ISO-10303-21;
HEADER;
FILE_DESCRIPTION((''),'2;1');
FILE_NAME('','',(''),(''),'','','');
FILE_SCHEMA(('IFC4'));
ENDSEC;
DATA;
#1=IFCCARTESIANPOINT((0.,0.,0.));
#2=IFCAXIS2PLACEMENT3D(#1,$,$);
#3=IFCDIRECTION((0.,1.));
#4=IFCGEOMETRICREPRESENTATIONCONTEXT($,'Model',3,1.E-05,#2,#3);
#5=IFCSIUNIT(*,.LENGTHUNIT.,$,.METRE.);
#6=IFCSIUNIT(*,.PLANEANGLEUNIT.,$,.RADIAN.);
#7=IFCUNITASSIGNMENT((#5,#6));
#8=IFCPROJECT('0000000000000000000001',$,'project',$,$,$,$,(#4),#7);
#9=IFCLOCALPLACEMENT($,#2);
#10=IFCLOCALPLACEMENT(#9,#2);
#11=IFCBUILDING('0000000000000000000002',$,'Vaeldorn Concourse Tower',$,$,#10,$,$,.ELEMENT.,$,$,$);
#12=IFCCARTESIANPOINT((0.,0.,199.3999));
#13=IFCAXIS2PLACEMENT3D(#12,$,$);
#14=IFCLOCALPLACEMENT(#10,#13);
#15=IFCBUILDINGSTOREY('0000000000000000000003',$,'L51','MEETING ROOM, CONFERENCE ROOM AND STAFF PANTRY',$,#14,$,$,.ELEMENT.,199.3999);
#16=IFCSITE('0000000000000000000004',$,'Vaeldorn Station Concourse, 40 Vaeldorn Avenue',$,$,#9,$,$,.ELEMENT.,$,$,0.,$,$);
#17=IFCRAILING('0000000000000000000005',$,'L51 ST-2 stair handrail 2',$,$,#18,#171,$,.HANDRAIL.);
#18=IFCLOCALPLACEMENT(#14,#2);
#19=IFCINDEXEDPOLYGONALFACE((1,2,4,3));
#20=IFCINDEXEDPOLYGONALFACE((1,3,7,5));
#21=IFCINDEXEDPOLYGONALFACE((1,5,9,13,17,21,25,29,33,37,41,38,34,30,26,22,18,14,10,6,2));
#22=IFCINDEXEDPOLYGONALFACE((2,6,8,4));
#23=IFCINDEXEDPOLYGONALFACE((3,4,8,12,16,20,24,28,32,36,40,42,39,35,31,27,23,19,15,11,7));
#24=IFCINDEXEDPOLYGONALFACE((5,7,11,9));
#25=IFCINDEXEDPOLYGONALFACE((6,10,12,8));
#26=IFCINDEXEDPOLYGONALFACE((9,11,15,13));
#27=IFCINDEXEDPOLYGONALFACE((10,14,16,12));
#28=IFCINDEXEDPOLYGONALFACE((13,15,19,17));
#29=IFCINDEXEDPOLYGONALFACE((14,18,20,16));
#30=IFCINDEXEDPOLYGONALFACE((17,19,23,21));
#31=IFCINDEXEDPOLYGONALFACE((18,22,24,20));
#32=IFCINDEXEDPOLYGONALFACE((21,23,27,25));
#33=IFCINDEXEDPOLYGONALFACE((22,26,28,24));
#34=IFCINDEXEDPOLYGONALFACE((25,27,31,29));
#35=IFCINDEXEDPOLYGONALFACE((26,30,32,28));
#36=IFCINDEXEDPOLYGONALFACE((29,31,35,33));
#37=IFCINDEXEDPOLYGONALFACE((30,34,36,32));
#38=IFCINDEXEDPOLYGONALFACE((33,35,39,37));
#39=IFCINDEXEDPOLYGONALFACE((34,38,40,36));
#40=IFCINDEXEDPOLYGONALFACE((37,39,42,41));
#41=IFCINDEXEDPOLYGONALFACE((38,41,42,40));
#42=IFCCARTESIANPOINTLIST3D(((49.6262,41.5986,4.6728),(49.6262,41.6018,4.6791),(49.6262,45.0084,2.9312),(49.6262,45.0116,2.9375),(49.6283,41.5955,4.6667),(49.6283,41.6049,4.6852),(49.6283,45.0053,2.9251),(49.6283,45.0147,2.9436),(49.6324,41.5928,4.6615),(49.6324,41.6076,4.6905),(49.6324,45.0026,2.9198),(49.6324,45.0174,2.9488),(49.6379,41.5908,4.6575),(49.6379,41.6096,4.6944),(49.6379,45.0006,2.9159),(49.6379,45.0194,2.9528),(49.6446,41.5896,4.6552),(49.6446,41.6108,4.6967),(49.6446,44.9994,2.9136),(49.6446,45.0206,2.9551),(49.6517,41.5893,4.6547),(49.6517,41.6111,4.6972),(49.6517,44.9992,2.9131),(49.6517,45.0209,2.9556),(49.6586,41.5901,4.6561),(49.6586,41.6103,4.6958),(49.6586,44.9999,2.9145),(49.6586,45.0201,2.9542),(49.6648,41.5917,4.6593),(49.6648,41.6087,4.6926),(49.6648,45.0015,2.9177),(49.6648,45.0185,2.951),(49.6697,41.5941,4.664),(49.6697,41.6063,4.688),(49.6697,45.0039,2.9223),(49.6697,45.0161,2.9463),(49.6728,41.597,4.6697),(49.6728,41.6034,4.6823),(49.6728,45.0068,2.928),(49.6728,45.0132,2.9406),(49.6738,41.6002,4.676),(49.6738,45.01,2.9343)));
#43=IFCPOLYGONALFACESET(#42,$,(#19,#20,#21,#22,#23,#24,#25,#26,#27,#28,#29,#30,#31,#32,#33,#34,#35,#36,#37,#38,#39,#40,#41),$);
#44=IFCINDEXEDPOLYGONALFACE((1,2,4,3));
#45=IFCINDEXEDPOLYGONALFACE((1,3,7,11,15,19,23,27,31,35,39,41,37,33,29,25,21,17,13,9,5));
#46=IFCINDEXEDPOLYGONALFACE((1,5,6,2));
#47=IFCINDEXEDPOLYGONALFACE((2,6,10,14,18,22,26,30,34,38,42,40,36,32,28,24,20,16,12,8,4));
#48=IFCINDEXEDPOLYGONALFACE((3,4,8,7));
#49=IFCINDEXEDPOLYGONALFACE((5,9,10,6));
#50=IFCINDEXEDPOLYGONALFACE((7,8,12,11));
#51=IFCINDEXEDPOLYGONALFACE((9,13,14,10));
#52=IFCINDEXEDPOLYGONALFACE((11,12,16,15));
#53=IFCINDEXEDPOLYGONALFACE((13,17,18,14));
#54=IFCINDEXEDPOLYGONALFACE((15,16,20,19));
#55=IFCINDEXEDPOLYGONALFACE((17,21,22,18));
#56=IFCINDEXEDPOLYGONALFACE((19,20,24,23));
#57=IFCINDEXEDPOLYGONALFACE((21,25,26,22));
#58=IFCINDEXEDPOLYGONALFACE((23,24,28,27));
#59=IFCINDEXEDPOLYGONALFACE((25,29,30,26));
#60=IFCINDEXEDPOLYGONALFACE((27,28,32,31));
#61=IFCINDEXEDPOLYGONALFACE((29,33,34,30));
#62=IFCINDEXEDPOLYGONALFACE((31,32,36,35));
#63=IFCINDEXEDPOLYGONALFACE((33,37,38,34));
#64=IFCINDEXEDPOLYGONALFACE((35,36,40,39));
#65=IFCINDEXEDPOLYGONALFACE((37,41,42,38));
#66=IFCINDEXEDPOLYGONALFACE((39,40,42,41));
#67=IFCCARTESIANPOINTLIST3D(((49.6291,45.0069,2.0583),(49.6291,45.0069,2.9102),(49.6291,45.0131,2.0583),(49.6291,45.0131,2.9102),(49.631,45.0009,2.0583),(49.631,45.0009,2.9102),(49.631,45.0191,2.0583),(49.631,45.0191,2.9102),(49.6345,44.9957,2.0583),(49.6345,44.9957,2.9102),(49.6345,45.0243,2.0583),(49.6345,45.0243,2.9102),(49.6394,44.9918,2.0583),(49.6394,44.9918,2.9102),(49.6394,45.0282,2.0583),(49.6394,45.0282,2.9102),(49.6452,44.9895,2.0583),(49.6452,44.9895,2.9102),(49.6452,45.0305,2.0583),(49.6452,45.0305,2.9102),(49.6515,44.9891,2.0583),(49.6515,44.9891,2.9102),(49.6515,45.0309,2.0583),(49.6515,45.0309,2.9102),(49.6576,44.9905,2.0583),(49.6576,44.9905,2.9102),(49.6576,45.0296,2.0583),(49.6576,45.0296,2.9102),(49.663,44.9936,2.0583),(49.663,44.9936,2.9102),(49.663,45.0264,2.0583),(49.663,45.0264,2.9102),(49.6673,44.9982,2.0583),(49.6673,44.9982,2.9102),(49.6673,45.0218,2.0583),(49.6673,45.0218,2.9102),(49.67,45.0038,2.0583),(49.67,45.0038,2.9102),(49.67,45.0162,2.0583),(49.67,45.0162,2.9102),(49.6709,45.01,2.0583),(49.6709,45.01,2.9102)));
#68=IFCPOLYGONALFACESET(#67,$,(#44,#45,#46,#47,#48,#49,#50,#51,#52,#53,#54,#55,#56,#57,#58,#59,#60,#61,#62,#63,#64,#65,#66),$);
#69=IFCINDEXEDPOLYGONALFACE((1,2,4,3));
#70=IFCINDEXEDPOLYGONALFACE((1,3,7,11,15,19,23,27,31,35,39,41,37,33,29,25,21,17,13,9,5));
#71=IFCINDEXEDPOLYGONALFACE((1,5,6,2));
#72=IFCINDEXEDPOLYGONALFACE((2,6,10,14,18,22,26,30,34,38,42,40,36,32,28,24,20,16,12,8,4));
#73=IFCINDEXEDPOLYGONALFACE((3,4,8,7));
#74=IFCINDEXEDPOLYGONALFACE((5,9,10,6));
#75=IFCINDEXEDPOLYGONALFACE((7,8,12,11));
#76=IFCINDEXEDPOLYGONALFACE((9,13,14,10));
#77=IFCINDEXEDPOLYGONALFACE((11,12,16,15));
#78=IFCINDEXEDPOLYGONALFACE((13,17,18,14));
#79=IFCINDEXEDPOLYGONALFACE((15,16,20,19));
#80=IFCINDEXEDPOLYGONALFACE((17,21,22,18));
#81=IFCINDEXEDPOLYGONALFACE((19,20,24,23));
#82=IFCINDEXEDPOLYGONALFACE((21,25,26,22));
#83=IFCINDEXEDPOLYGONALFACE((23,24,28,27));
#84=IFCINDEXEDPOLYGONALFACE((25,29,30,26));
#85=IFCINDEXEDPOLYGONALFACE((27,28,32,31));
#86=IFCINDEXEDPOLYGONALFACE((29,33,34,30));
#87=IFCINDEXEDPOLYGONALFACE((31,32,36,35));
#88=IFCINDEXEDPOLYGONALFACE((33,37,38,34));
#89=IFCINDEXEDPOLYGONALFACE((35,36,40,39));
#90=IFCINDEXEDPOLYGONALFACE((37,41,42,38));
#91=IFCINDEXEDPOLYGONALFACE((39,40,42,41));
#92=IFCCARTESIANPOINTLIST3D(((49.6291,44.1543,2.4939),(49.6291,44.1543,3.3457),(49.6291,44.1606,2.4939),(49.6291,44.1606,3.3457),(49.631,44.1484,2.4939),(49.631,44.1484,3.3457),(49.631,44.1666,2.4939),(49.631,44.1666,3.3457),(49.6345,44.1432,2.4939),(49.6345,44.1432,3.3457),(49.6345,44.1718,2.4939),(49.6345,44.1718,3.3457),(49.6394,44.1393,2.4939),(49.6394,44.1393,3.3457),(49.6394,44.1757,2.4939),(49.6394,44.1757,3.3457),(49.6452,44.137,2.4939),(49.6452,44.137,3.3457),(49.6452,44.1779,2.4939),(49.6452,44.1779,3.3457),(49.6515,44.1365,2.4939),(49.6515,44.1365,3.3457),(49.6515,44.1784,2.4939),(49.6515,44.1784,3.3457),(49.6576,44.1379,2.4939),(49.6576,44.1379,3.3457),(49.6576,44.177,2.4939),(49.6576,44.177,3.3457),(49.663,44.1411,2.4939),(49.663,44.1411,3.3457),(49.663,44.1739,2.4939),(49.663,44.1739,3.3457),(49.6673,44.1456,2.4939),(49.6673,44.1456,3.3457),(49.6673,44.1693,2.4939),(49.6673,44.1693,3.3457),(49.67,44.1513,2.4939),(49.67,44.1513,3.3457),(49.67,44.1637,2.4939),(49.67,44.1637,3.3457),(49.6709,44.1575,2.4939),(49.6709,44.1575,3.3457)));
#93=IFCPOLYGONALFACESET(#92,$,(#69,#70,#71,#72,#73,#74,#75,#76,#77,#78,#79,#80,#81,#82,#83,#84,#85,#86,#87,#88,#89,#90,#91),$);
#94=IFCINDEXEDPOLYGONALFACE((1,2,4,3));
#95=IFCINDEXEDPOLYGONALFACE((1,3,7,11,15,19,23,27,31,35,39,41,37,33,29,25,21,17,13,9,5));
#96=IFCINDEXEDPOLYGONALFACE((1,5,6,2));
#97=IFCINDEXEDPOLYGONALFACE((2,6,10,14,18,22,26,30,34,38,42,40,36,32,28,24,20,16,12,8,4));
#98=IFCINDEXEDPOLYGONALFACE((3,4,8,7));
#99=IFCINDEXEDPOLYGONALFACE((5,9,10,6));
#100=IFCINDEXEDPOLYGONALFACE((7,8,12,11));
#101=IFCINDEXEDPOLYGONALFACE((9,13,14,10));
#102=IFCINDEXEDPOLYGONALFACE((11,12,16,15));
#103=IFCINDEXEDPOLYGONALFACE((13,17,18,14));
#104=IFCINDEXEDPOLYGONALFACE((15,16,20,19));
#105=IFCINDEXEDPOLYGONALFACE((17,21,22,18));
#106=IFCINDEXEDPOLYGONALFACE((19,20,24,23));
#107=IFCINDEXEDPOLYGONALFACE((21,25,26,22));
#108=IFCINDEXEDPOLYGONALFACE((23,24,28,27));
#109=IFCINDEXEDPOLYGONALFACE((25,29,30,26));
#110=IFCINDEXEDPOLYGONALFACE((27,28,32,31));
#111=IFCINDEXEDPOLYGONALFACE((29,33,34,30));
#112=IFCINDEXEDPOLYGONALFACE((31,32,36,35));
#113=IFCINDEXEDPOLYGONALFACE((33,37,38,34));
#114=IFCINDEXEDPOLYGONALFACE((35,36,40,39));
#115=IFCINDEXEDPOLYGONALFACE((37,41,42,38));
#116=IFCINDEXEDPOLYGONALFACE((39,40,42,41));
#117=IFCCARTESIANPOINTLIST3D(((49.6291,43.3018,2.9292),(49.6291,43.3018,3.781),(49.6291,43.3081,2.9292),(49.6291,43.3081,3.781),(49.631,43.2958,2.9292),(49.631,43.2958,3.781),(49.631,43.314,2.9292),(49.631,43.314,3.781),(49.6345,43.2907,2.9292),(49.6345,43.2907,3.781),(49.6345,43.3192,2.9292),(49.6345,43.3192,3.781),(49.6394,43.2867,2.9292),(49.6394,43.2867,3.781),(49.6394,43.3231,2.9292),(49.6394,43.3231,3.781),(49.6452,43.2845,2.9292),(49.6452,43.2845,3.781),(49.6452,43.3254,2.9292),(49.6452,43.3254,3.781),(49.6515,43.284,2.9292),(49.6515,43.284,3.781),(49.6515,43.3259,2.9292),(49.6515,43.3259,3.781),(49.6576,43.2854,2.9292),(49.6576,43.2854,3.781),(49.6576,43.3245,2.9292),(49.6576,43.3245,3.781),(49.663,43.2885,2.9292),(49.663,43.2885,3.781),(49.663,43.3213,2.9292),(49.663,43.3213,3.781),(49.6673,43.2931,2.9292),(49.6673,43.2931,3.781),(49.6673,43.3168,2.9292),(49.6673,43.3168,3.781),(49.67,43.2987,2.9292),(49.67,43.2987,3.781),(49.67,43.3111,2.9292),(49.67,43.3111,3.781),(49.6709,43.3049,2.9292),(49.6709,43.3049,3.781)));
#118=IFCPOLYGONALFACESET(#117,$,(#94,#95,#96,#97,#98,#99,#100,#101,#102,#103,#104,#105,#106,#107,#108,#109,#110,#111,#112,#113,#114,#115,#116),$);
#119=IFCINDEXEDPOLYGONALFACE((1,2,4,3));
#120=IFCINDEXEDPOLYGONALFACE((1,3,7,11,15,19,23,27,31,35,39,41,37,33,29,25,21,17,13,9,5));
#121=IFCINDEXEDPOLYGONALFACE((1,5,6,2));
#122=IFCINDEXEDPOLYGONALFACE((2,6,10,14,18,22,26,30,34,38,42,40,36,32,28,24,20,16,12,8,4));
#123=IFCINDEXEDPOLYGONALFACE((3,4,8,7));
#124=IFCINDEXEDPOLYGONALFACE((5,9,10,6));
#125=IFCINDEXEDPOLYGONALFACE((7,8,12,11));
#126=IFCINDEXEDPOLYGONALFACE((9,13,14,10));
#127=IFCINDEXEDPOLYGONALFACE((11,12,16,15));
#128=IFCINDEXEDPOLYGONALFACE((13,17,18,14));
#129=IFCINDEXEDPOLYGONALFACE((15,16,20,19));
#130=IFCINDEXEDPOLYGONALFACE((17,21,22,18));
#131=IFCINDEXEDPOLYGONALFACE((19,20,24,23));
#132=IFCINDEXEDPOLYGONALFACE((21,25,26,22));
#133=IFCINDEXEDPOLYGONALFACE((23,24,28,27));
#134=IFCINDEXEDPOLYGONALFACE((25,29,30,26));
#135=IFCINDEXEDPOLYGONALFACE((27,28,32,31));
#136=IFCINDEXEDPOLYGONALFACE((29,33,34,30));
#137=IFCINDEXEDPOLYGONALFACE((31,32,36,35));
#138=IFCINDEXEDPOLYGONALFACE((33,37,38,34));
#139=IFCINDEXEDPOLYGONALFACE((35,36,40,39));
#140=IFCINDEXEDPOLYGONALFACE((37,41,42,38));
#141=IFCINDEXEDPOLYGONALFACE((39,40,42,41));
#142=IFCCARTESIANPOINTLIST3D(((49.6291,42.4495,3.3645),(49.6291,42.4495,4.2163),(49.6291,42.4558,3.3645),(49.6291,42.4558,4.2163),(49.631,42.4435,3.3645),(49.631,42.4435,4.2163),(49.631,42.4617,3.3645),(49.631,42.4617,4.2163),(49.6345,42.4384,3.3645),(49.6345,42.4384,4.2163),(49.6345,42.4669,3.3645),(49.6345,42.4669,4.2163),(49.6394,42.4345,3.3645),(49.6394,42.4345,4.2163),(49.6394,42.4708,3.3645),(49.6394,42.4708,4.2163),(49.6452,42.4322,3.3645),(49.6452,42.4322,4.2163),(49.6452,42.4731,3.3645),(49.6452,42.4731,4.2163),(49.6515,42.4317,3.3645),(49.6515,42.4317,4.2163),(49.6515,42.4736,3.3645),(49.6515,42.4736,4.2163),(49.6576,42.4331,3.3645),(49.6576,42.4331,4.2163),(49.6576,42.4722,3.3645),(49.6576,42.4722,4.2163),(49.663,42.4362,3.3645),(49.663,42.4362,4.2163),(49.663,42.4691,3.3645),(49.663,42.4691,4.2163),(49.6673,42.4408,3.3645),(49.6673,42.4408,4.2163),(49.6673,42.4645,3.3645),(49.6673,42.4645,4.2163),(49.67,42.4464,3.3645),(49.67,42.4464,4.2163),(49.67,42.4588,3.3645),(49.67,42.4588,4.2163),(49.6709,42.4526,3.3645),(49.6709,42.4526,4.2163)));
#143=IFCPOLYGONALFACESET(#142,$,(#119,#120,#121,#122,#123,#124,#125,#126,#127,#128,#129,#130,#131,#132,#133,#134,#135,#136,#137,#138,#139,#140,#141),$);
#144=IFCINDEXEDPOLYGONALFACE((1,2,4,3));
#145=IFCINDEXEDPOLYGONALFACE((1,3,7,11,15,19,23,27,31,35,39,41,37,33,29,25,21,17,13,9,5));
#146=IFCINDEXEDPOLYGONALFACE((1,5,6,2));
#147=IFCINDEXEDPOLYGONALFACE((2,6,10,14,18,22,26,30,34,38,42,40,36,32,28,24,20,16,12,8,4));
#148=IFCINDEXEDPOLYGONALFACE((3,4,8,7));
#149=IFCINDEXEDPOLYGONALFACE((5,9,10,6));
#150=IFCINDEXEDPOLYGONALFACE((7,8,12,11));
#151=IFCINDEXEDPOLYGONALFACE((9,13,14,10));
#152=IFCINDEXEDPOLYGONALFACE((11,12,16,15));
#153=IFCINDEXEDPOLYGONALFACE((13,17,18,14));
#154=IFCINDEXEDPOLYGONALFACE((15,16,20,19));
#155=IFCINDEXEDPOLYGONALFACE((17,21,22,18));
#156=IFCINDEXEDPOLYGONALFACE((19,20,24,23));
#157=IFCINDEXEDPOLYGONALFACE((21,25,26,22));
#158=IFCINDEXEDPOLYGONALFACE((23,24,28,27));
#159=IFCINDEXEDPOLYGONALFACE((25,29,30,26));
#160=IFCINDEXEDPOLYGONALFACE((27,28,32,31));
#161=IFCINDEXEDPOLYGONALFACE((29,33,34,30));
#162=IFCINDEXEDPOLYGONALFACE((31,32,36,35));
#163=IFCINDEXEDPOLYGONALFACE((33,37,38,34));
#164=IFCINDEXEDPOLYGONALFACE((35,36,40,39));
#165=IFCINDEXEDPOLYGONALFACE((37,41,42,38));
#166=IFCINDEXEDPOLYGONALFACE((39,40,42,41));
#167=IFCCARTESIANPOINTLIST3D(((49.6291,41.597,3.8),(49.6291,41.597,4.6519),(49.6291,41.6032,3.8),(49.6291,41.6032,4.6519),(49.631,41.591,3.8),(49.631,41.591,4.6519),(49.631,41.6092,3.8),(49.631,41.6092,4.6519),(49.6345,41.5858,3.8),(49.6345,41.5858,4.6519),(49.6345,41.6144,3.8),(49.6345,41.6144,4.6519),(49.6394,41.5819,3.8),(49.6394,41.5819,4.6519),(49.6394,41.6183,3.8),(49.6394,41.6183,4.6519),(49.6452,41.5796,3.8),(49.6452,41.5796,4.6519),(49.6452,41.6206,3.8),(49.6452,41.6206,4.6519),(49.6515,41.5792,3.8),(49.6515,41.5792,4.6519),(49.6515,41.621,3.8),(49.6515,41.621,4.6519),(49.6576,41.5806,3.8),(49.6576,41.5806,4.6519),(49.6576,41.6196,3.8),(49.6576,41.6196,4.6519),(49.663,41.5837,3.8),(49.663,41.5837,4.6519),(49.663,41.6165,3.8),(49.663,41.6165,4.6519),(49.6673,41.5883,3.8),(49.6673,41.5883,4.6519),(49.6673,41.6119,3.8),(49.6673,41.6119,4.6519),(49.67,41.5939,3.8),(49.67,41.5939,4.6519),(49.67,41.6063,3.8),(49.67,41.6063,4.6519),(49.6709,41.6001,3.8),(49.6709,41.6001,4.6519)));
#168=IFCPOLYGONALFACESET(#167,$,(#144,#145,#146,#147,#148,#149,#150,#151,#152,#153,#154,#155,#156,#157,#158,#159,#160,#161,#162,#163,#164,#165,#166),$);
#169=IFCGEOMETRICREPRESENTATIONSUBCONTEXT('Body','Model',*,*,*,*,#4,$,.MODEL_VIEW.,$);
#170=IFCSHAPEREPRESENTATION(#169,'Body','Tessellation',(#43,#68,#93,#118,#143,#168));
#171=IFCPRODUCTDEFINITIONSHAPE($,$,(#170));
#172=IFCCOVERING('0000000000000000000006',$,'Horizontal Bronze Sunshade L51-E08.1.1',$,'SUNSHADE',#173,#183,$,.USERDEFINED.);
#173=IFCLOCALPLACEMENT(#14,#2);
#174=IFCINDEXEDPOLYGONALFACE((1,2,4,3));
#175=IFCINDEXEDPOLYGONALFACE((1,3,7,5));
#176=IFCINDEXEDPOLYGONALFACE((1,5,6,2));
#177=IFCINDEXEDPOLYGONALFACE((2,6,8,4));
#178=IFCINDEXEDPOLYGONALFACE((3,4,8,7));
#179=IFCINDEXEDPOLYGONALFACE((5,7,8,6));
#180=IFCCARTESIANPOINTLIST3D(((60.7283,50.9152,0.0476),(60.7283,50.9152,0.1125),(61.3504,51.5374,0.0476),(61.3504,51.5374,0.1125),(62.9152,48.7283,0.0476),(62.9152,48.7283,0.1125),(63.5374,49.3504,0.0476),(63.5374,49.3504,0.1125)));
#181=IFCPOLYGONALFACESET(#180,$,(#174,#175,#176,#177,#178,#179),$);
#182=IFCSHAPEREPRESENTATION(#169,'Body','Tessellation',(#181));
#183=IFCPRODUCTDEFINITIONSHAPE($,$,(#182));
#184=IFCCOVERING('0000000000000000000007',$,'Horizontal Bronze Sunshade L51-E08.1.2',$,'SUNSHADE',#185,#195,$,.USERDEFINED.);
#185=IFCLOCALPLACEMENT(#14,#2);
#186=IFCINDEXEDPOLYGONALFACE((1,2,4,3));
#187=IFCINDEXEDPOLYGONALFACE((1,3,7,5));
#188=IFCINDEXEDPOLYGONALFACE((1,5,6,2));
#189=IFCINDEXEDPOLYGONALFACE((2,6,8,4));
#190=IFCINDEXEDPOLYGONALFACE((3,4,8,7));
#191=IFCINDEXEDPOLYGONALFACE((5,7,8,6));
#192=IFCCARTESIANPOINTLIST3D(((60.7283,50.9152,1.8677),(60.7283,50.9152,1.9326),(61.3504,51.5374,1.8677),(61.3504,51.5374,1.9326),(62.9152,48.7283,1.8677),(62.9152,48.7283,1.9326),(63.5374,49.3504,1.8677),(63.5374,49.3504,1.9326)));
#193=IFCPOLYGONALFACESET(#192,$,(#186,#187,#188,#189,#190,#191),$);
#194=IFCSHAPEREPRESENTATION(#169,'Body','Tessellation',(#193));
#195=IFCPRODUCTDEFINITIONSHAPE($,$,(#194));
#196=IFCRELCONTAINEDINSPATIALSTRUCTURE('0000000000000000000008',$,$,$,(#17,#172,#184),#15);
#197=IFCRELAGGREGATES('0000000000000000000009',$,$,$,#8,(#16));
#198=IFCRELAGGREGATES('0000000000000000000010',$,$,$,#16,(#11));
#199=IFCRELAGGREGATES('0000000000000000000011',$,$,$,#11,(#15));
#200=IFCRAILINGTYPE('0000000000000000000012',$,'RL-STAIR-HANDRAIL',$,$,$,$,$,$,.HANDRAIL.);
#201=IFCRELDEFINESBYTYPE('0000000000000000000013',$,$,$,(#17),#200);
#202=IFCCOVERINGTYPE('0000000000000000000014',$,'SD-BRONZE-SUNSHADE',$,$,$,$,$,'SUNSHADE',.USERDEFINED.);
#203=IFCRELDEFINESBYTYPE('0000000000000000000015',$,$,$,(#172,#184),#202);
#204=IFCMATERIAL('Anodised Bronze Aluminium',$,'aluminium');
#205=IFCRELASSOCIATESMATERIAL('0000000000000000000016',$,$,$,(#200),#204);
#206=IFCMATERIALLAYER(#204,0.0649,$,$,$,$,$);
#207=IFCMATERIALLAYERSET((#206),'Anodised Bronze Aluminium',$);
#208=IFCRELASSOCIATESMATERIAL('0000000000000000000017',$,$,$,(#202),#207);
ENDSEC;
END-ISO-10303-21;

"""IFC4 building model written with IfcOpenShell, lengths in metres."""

from ifc_helpers import new_model, si_unit, direction, frame, origin, origin_2d, place, context, subcontext, project, spatial, rectangle, circle, extrude, source, transform, mapped, material, layer, layer_set, type_object, element, save


model = new_model("IFC4")

# Units and contexts
model_context = context("Model", 3, precision=1e-05, world=origin(), true_north=direction((0.0, 1.0)))
body_context = subcontext(model_context, "Body", "Model", "MODEL_VIEW")
ifc_project = project(units=[si_unit("LENGTHUNIT", "METRE"), si_unit("PLANEANGLEUNIT", "RADIAN")], contexts=[model_context])

# Site, building, storey
site_placement = place(None, origin())
site = spatial("IfcSite", under=ifc_project, at=site_placement, Name="Vaeldorn Station Concourse, 40 Vaeldorn Avenue", CompositionType="ELEMENT", RefElevation=0.0)
building_placement = place(site_placement, origin())
building = spatial("IfcBuilding", under=site, at=building_placement, Name="Vaeldorn Concourse Tower", CompositionType="ELEMENT")
storey_placement = place(building_placement, frame((0.0, 0.0, 199.3999)))
storey = spatial("IfcBuildingStorey", under=building, at=storey_placement, Name="L51", Description="MEETING ROOM, CONFERENCE ROOM AND STAFF PANTRY", CompositionType="ELEMENT", Elevation=199.3999)

# Shared definitions
ifc_material_1 = material(Name="Anodised Bronze Aluminium", Category="aluminium")

# Railing
railing_type_1 = type_object("IfcRailingType", Name="RL-STAIR-HANDRAIL", PredefinedType="HANDRAIL", material=ifc_material_1)
railing_1_placement = place(storey_placement, frame((49.6499, 45.01, 2.0583)))
element("IfcRailing", 1, at=railing_1_placement, inside=storey, type_object=railing_type_1, Name="L51 ST-2 stair handrail 2", PredefinedType="HANDRAIL", context=body_context, shape_type="SweptSolid", body=[
    extrude(circle(Radius=0.0239, at=origin_2d()), frame((0.0, 0.0, 0.876), z_axis=(0.0, -0.890556, 0.454874), x_axis=(1.0, 0.0, 0.0)), (0.0, 0.0, 1.0), 3.8289),
    extrude(circle(Radius=0.021, at=origin_2d()), origin(), (0.0, 0.0, 1.0), 0.8518),
    extrude(circle(Radius=0.021, at=origin_2d()), frame((0.0, -0.8525, 0.4355)), (0.0, 0.0, 1.0), 0.8518),
    extrude(circle(Radius=0.021, at=origin_2d()), frame((0.0, -1.7051, 0.8708)), (0.0, 0.0, 1.0), 0.8518),
    extrude(circle(Radius=0.021, at=origin_2d()), frame((0.0, -2.5574, 1.3062)), (0.0, 0.0, 1.0), 0.8518),
    extrude(circle(Radius=0.021, at=origin_2d()), frame((0.0, -3.4099, 1.7417)), (0.0, 0.0, 1.0), 0.8518),
])

# Coverings
ifc_layer_1 = layer(ifc_material_1, 0.0649)
ifc_layer_set_1 = layer_set([ifc_layer_1], Name="Anodised Bronze Aluminium")
covering_type = type_object("IfcCoveringType", Name="SD-BRONZE-SUNSHADE", ElementType="SUNSHADE", PredefinedType="USERDEFINED", material=ifc_layer_set_1)
shared_shape_1 = source(origin(), body_context, "Body", "SweptSolid", [
    extrude(rectangle(XDim=3.0928, YDim=0.8799, at=origin_2d()), origin(), (0.0, 0.0, 1.0), 0.0649),
])
for number, where, z_axis, x_axis, name in (
    (2, (62.1328, 50.1328, 0.0476), (0.0, 0.0, 1.0), (-0.707107, 0.707107, 0.0), "Horizontal Bronze Sunshade L51-E08.1.1"),
    (3, (62.1328, 50.1328, 1.8677), (0.0, 0.0, 1.0), (-0.707107, 0.707107, 0.0), "Horizontal Bronze Sunshade L51-E08.1.2"),
):
    element("IfcCovering", number, at=place(storey_placement, frame(where, z_axis=z_axis, x_axis=x_axis)), inside=storey, type_object=covering_type, Name=name, ObjectType="SUNSHADE", PredefinedType="USERDEFINED", context=body_context, shape_type="MappedRepresentation", body=[
        mapped(shared_shape_1, transform((0.0, 0.0, 0.0), scale=1.0)),
    ])

save(model, "model.ifc")
